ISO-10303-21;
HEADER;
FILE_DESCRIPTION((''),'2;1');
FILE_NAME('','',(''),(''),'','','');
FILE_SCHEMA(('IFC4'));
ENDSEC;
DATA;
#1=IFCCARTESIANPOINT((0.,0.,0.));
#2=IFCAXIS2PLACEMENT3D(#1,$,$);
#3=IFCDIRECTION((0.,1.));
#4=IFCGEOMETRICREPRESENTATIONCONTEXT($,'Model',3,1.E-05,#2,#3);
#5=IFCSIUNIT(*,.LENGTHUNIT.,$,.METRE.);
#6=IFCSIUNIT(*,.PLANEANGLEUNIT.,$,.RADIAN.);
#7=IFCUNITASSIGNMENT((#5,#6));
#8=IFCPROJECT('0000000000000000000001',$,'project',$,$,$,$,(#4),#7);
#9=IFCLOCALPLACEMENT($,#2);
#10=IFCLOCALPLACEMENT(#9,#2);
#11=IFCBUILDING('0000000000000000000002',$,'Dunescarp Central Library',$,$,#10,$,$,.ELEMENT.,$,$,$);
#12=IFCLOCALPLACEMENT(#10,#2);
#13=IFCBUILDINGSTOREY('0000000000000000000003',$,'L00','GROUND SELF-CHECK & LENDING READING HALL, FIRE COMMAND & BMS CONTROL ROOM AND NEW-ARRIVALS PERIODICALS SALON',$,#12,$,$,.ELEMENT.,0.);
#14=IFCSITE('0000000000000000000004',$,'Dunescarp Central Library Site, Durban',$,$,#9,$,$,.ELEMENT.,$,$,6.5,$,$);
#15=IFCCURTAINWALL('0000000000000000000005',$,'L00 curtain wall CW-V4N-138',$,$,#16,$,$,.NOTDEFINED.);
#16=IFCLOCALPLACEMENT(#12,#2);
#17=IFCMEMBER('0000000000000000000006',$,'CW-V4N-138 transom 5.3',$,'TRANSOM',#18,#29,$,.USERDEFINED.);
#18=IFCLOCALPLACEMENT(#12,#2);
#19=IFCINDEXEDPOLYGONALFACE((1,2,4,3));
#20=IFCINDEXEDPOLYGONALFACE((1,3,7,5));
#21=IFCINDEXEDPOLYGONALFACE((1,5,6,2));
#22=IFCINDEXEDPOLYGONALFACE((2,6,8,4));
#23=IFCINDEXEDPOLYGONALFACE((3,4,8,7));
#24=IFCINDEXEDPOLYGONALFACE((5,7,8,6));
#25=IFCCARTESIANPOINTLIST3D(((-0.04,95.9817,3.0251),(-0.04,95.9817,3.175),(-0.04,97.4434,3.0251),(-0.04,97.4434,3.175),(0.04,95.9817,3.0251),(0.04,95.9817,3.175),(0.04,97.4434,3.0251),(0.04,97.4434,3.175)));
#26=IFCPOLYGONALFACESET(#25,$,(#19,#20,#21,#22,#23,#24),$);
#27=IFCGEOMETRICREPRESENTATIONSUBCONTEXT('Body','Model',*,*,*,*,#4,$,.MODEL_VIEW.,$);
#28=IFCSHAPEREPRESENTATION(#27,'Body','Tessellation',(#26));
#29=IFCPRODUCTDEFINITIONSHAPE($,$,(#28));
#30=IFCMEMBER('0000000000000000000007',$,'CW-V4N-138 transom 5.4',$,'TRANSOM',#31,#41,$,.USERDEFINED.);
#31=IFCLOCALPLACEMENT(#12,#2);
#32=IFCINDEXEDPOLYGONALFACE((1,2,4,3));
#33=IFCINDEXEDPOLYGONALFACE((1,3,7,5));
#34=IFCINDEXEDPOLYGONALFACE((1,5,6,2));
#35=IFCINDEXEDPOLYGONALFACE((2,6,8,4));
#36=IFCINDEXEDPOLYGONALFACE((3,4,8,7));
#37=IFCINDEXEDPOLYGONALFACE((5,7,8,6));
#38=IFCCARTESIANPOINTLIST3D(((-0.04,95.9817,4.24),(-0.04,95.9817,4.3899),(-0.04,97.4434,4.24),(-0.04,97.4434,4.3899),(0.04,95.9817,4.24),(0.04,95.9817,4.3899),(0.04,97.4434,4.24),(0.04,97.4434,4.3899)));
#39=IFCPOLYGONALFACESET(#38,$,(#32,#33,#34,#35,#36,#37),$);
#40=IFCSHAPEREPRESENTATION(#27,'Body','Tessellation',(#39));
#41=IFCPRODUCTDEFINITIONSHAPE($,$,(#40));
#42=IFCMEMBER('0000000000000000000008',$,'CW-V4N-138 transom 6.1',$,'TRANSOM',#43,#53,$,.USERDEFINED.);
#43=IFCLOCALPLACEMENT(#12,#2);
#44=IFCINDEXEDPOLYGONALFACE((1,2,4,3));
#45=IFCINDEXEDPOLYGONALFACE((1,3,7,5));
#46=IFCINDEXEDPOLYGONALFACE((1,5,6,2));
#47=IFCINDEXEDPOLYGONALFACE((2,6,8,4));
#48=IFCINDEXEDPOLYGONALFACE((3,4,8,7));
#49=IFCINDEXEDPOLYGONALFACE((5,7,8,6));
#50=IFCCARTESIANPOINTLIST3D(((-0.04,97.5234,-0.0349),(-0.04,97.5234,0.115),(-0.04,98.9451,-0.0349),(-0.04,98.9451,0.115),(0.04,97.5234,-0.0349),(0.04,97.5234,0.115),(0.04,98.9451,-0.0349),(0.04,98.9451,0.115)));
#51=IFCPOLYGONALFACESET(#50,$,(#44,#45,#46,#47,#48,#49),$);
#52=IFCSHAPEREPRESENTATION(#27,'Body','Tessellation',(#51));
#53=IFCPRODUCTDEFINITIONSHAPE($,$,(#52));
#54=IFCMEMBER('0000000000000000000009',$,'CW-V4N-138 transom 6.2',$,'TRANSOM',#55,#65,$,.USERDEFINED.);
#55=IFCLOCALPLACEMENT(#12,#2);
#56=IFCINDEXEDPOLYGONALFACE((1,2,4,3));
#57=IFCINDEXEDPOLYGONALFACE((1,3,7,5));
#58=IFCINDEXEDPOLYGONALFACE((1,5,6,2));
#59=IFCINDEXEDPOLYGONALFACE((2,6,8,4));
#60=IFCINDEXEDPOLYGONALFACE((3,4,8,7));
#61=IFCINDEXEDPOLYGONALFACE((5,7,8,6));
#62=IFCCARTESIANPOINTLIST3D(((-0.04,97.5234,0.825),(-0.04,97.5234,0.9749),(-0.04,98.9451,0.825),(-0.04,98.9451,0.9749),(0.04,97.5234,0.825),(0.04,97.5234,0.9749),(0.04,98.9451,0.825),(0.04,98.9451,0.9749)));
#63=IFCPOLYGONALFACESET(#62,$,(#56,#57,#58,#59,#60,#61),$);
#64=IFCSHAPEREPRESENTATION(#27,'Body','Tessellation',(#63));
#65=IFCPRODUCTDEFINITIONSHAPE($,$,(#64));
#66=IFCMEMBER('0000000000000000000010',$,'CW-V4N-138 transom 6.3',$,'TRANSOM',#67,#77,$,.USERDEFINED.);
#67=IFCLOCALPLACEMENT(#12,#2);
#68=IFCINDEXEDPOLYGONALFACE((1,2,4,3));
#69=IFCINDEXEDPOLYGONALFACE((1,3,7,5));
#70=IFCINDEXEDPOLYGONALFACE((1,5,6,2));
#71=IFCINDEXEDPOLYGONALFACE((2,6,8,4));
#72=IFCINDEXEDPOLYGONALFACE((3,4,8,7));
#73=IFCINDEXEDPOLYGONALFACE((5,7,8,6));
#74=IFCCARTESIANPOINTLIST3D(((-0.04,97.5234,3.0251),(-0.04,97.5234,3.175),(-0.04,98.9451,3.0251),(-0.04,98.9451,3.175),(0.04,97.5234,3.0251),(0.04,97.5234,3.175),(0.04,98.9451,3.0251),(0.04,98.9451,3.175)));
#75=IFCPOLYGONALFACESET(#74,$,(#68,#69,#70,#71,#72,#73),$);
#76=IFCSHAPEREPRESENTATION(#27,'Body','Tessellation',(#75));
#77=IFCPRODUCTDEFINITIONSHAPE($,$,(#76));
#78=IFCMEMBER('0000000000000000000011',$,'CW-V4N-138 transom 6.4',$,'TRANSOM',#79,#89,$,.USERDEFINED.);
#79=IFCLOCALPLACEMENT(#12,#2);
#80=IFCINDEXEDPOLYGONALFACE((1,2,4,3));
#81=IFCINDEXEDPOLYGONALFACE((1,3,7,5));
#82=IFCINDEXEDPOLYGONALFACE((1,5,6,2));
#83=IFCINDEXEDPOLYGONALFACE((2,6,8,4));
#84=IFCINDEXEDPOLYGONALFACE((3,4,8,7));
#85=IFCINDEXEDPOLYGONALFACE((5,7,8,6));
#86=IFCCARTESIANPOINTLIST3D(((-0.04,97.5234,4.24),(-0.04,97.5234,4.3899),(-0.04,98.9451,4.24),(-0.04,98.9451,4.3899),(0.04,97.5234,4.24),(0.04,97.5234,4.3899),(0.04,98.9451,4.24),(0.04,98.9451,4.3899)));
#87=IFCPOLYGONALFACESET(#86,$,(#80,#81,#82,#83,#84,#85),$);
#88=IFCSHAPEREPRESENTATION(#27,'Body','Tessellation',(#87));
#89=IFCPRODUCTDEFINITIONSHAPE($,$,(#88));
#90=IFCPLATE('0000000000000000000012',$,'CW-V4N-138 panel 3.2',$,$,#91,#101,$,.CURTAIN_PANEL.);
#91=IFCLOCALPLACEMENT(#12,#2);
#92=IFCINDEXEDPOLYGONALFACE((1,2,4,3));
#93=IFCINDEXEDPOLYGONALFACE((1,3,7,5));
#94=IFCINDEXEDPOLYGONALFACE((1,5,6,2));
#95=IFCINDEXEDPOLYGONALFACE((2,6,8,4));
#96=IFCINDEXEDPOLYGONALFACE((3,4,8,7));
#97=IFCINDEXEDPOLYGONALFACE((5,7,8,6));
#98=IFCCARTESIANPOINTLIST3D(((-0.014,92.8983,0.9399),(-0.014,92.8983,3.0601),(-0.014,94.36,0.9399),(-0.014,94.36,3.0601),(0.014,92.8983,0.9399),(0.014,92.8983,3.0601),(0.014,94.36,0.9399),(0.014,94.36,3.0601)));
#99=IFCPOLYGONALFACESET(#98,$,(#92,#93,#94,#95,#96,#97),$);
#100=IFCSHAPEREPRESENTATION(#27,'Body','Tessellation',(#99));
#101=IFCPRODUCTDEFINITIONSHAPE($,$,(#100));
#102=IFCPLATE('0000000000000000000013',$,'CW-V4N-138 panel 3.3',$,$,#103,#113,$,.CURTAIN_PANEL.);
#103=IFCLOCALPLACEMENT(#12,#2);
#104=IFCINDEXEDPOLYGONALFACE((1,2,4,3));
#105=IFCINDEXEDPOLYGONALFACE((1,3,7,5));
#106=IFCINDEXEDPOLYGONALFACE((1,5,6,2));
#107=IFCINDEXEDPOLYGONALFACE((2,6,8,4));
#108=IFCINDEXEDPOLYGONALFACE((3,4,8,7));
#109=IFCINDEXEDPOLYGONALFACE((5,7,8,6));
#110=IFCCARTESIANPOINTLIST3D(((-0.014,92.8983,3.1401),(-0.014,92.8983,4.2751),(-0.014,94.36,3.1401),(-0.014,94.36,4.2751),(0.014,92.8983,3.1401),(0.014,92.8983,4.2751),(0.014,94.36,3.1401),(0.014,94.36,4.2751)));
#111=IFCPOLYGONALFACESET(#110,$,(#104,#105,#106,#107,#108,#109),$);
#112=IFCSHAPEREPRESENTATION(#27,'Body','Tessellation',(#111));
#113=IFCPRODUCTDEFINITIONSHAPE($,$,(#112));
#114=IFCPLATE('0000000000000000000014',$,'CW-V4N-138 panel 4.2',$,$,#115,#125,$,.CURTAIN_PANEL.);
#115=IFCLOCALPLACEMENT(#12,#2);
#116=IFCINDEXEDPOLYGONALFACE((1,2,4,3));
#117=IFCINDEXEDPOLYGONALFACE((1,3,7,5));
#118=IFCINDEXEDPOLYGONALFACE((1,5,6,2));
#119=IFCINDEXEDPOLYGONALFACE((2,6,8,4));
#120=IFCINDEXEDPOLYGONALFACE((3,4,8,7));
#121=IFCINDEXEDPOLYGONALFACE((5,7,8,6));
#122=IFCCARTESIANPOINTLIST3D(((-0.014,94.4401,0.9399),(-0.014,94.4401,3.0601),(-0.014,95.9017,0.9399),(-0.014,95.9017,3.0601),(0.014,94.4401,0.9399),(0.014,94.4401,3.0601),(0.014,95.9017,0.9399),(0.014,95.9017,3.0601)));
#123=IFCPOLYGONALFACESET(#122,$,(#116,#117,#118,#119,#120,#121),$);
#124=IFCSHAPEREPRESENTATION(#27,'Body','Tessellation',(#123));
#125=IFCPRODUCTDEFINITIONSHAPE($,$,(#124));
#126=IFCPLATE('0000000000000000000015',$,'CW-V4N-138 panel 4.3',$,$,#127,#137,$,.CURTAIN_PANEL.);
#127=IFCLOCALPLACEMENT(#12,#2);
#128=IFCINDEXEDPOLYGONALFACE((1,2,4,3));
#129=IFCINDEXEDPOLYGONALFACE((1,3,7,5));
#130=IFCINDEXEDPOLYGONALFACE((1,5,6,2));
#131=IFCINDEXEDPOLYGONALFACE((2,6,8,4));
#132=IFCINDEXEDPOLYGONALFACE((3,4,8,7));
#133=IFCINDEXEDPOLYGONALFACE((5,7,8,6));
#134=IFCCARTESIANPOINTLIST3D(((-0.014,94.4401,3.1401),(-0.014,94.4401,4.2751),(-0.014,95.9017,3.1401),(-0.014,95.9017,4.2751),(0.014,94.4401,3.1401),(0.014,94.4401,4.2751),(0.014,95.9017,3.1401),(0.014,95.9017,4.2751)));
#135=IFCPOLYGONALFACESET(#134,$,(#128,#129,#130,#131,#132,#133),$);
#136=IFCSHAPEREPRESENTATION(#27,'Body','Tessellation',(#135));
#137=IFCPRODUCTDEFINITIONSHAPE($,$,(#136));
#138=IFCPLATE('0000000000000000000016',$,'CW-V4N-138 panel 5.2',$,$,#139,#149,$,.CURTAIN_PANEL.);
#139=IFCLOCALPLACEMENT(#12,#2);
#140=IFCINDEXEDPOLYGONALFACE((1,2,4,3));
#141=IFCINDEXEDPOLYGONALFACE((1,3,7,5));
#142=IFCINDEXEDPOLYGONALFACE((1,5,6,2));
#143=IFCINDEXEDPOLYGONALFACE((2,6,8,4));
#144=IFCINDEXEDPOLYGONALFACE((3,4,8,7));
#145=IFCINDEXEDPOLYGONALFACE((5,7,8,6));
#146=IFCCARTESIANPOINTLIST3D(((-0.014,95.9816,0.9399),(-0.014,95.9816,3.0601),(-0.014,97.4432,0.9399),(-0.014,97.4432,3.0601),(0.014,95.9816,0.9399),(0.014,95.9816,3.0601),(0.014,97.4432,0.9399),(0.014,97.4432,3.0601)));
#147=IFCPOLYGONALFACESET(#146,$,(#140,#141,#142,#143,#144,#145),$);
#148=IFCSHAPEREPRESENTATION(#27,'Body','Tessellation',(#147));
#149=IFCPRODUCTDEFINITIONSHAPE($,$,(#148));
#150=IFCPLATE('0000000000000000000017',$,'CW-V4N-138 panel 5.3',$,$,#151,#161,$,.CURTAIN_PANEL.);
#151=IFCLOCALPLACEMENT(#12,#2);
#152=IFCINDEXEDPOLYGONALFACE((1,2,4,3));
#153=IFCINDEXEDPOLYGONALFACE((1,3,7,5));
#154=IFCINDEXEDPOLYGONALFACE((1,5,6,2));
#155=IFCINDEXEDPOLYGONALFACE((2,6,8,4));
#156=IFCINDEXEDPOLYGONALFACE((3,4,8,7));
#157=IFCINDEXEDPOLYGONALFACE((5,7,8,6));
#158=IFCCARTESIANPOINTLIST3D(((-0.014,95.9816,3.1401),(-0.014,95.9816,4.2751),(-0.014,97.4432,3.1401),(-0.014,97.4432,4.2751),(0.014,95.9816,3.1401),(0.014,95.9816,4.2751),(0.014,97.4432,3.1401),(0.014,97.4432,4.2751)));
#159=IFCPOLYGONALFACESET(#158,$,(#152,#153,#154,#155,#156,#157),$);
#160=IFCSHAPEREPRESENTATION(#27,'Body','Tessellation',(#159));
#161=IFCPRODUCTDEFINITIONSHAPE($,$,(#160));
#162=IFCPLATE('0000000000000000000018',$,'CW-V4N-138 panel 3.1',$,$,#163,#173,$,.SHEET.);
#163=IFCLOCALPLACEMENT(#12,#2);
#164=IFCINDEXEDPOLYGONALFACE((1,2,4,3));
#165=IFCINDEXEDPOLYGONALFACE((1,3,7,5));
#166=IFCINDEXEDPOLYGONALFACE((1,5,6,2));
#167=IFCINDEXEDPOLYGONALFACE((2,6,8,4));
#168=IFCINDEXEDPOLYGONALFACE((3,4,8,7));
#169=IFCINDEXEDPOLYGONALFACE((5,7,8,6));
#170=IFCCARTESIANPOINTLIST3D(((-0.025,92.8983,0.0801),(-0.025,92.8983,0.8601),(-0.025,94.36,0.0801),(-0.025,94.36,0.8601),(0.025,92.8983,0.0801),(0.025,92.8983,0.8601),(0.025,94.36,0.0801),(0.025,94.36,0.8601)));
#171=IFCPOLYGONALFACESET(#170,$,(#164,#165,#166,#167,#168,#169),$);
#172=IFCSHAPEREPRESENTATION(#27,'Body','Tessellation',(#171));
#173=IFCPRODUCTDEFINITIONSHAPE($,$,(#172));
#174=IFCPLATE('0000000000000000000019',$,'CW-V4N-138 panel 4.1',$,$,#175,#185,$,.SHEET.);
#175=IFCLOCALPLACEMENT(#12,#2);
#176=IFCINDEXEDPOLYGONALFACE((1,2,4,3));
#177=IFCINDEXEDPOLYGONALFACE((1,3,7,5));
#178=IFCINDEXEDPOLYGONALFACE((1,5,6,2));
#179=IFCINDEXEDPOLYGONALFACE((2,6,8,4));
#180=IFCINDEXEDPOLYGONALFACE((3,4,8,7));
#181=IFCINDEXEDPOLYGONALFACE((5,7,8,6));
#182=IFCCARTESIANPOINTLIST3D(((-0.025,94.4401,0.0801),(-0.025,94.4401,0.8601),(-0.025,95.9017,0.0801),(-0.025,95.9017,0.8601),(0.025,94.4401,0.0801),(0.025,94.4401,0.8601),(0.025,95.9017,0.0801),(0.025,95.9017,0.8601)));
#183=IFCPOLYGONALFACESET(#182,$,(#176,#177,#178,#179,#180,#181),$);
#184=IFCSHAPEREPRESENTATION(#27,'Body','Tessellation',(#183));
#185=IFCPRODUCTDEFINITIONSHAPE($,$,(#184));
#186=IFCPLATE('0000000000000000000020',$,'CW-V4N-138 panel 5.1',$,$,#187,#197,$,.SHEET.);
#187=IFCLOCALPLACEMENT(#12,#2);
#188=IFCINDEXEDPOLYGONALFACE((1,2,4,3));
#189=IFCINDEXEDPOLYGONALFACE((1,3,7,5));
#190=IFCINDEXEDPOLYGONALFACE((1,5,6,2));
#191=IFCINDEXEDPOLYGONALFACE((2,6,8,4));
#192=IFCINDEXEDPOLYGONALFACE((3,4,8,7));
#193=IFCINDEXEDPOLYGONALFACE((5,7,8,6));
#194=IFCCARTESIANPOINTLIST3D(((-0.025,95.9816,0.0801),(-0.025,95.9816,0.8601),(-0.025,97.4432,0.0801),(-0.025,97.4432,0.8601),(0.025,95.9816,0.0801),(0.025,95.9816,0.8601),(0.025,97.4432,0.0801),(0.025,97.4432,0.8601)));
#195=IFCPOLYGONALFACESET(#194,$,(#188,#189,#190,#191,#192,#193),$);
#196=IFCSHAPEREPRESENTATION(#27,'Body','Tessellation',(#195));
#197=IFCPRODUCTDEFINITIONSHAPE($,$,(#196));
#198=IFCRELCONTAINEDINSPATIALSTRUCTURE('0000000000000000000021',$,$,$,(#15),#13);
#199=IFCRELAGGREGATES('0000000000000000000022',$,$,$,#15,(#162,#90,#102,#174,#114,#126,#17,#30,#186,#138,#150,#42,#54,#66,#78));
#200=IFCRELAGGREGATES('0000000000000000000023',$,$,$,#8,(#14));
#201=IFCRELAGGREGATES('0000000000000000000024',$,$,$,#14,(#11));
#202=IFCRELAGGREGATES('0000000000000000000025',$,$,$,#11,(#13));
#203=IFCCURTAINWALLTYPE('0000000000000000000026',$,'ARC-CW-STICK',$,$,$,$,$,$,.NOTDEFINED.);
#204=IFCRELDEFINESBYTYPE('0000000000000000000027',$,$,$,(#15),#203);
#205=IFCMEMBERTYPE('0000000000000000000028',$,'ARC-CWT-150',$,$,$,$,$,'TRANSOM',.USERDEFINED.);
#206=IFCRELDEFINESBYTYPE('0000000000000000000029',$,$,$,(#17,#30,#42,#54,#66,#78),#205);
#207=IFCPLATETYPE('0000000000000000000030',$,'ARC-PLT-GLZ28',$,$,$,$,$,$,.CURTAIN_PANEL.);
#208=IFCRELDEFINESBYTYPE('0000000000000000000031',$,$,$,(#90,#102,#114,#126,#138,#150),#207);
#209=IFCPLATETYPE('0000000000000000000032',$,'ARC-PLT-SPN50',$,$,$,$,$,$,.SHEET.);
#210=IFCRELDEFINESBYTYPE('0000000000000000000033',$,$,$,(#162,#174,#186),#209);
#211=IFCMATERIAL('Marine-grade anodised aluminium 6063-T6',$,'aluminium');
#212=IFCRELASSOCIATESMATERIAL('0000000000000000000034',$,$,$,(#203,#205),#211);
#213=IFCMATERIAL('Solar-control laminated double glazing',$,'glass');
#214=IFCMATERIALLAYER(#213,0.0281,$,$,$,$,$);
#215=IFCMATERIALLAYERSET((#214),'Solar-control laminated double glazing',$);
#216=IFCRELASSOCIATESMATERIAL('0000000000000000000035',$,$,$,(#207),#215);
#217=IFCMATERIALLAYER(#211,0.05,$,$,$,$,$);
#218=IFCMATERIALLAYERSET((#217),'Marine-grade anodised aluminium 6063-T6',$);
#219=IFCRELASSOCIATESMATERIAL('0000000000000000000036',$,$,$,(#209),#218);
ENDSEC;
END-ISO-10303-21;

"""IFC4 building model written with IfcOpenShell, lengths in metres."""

from ifc_helpers import new_model, si_unit, direction, frame, origin, origin_2d, place, context, subcontext, project, spatial, rectangle, extrude, material, layer, layer_set, material_profile, profile_set, type_object, element, aggregate, save


model = new_model("IFC4")

# Units and contexts
model_context = context("Model", 3, precision=1e-05, world=origin(), true_north=direction((0.0, 1.0)))
body_context = subcontext(model_context, "Body", "Model", "MODEL_VIEW")
ifc_project = project(units=[si_unit("LENGTHUNIT", "METRE"), si_unit("PLANEANGLEUNIT", "RADIAN")], contexts=[model_context])

# Site, building, storey
site_placement = place(None, origin())
site = spatial("IfcSite", under=ifc_project, at=site_placement, Name="Dunescarp Central Library Site, Durban", CompositionType="ELEMENT", RefElevation=6.5)
building_placement = place(site_placement, origin())
building = spatial("IfcBuilding", under=site, at=building_placement, Name="Dunescarp Central Library", CompositionType="ELEMENT")
storey_placement = place(building_placement, origin())
storey = spatial("IfcBuildingStorey", under=building, at=storey_placement, Name="L00", Description="GROUND SELF-CHECK & LENDING READING HALL, FIRE COMMAND & BMS CONTROL ROOM AND NEW-ARRIVALS PERIODICALS SALON", CompositionType="ELEMENT", Elevation=0.0)

# Curtain wall, members, plates
ifc_material_1 = material(Name="Marine-grade anodised aluminium 6063-T6", Category="aluminium")
curtain_wall_type = type_object("IfcCurtainWallType", Name="ARC-CW-STICK", PredefinedType="NOTDEFINED", material=ifc_material_1)
curtain_wall_placement = place(storey_placement, origin())
curtain_wall = element("IfcCurtainWall", 1, at=curtain_wall_placement, inside=storey, type_object=curtain_wall_type, Name="L00 curtain wall CW-V4N-138", PredefinedType="NOTDEFINED")
ifc_material_profile_1 = material_profile(ifc_material_1, rectangle(XDim=0.0801, YDim=0.1499, at=origin_2d()), Name="AL 80x150")
ifc_profile_set_1 = profile_set([ifc_material_profile_1], Name="Marine-grade anodised aluminium 6063-T6")
member_type_1 = type_object("IfcMemberType", Name="ARC-CWT-150", ElementType="TRANSOM", PredefinedType="USERDEFINED", material=ifc_profile_set_1)
member_1_placement = place(storey_placement, frame((0.0, 95.9817, 3.1001), z_axis=(0.0, 1.0, 0.0), x_axis=(-1.0, 0.0, 0.0)))
member_1 = element("IfcMember", 2, at=member_1_placement, type_object=member_type_1, Name="CW-V4N-138 transom 5.3", ObjectType="TRANSOM", PredefinedType="USERDEFINED", context=body_context, shape_type="SweptSolid", body=[
    extrude(rectangle(XDim=0.0801, YDim=0.1499, at=origin_2d()), origin(), (0.0, 0.0, 1.0), 1.4617),
])
member_2_placement = place(storey_placement, frame((0.0, 95.9817, 4.3149), z_axis=(0.0, 1.0, 0.0), x_axis=(-1.0, 0.0, 0.0)))
member_2 = element("IfcMember", 3, at=member_2_placement, type_object=member_type_1, Name="CW-V4N-138 transom 5.4", ObjectType="TRANSOM", PredefinedType="USERDEFINED", context=body_context, shape_type="SweptSolid", body=[
    extrude(rectangle(XDim=0.0801, YDim=0.1499, at=origin_2d()), origin(), (0.0, 0.0, 1.0), 1.4617),
])
member_3_placement = place(storey_placement, frame((0.0, 97.5234, 0.04), z_axis=(0.0, 1.0, 0.0), x_axis=(-1.0, 0.0, 0.0)))
member_3 = element("IfcMember", 4, at=member_3_placement, type_object=member_type_1, Name="CW-V4N-138 transom 6.1", ObjectType="TRANSOM", PredefinedType="USERDEFINED", context=body_context, shape_type="SweptSolid", body=[
    extrude(rectangle(XDim=0.0801, YDim=0.1499, at=origin_2d()), origin(), (0.0, 0.0, 1.0), 1.4216),
])
member_4_placement = place(storey_placement, frame((0.0, 97.5234, 0.8999), z_axis=(0.0, 1.0, 0.0), x_axis=(-1.0, 0.0, 0.0)))
member_4 = element("IfcMember", 5, at=member_4_placement, type_object=member_type_1, Name="CW-V4N-138 transom 6.2", ObjectType="TRANSOM", PredefinedType="USERDEFINED", context=body_context, shape_type="SweptSolid", body=[
    extrude(rectangle(XDim=0.0801, YDim=0.1499, at=origin_2d()), origin(), (0.0, 0.0, 1.0), 1.4216),
])
member_5_placement = place(storey_placement, frame((0.0, 97.5234, 3.1001), z_axis=(0.0, 1.0, 0.0), x_axis=(-1.0, 0.0, 0.0)))
member_5 = element("IfcMember", 6, at=member_5_placement, type_object=member_type_1, Name="CW-V4N-138 transom 6.3", ObjectType="TRANSOM", PredefinedType="USERDEFINED", context=body_context, shape_type="SweptSolid", body=[
    extrude(rectangle(XDim=0.0801, YDim=0.1499, at=origin_2d()), origin(), (0.0, 0.0, 1.0), 1.4216),
])
member_6_placement = place(storey_placement, frame((0.0, 97.5234, 4.3149), z_axis=(0.0, 1.0, 0.0), x_axis=(-1.0, 0.0, 0.0)))
member_6 = element("IfcMember", 7, at=member_6_placement, type_object=member_type_1, Name="CW-V4N-138 transom 6.4", ObjectType="TRANSOM", PredefinedType="USERDEFINED", context=body_context, shape_type="SweptSolid", body=[
    extrude(rectangle(XDim=0.0801, YDim=0.1499, at=origin_2d()), origin(), (0.0, 0.0, 1.0), 1.4216),
])
ifc_material_2 = material(Name="Solar-control laminated double glazing", Category="glass")
ifc_layer_1 = layer(ifc_material_2, 0.0281)
ifc_layer_set_1 = layer_set([ifc_layer_1], Name="Solar-control laminated double glazing")
plate_type_1 = type_object("IfcPlateType", Name="ARC-PLT-GLZ28", PredefinedType="CURTAIN_PANEL", material=ifc_layer_set_1)
plate_1_placement = place(storey_placement, frame((0.0, 93.6292, 0.9399), z_axis=(0.0, 0.0, 1.0), x_axis=(0.0, 1.0, 0.0)))
plate_1 = element("IfcPlate", 8, at=plate_1_placement, type_object=plate_type_1, Name="CW-V4N-138 panel 3.2", PredefinedType="CURTAIN_PANEL", context=body_context, shape_type="SweptSolid", body=[
    extrude(rectangle(XDim=1.4617, YDim=0.0281, at=origin_2d()), origin(), (0.0, 0.0, 1.0), 2.1201),
])
plate_2_placement = place(storey_placement, frame((0.0, 93.6292, 3.1401), z_axis=(0.0, 0.0, 1.0), x_axis=(0.0, 1.0, 0.0)))
plate_2 = element("IfcPlate", 9, at=plate_2_placement, type_object=plate_type_1, Name="CW-V4N-138 panel 3.3", PredefinedType="CURTAIN_PANEL", context=body_context, shape_type="SweptSolid", body=[
    extrude(rectangle(XDim=1.4617, YDim=0.0281, at=origin_2d()), origin(), (0.0, 0.0, 1.0), 1.135),
])
plate_3_placement = place(storey_placement, frame((0.0, 95.1709, 0.9399), z_axis=(0.0, 0.0, 1.0), x_axis=(0.0, 1.0, 0.0)))
plate_3 = element("IfcPlate", 10, at=plate_3_placement, type_object=plate_type_1, Name="CW-V4N-138 panel 4.2", PredefinedType="CURTAIN_PANEL", context=body_context, shape_type="SweptSolid", body=[
    extrude(rectangle(XDim=1.4617, YDim=0.0281, at=origin_2d()), origin(), (0.0, 0.0, 1.0), 2.1201),
])
plate_4_placement = place(storey_placement, frame((0.0, 95.1709, 3.1401), z_axis=(0.0, 0.0, 1.0), x_axis=(0.0, 1.0, 0.0)))
plate_4 = element("IfcPlate", 11, at=plate_4_placement, type_object=plate_type_1, Name="CW-V4N-138 panel 4.3", PredefinedType="CURTAIN_PANEL", context=body_context, shape_type="SweptSolid", body=[
    extrude(rectangle(XDim=1.4617, YDim=0.0281, at=origin_2d()), origin(), (0.0, 0.0, 1.0), 1.135),
])
plate_5_placement = place(storey_placement, frame((0.0, 96.7124, 0.9399), z_axis=(0.0, 0.0, 1.0), x_axis=(0.0, 1.0, 0.0)))
plate_5 = element("IfcPlate", 12, at=plate_5_placement, type_object=plate_type_1, Name="CW-V4N-138 panel 5.2", PredefinedType="CURTAIN_PANEL", context=body_context, shape_type="SweptSolid", body=[
    extrude(rectangle(XDim=1.4617, YDim=0.0281, at=origin_2d()), origin(), (0.0, 0.0, 1.0), 2.1201),
])
plate_6_placement = place(storey_placement, frame((0.0, 96.7124, 3.1401), z_axis=(0.0, 0.0, 1.0), x_axis=(0.0, 1.0, 0.0)))
plate_6 = element("IfcPlate", 13, at=plate_6_placement, type_object=plate_type_1, Name="CW-V4N-138 panel 5.3", PredefinedType="CURTAIN_PANEL", context=body_context, shape_type="SweptSolid", body=[
    extrude(rectangle(XDim=1.4617, YDim=0.0281, at=origin_2d()), origin(), (0.0, 0.0, 1.0), 1.135),
])
ifc_layer_2 = layer(ifc_material_1, 0.05)
ifc_layer_set_2 = layer_set([ifc_layer_2], Name="Marine-grade anodised aluminium 6063-T6")
plate_type_2 = type_object("IfcPlateType", Name="ARC-PLT-SPN50", PredefinedType="SHEET", material=ifc_layer_set_2)
plate_7_placement = place(storey_placement, frame((0.0, 93.6292, 0.0801), z_axis=(0.0, 0.0, 1.0), x_axis=(0.0, 1.0, 0.0)))
plate_7 = element("IfcPlate", 14, at=plate_7_placement, type_object=plate_type_2, Name="CW-V4N-138 panel 3.1", PredefinedType="SHEET", context=body_context, shape_type="SweptSolid", body=[
    extrude(rectangle(XDim=1.4617, YDim=0.05, at=origin_2d()), origin(), (0.0, 0.0, 1.0), 0.78),
])
plate_8_placement = place(storey_placement, frame((0.0, 95.1709, 0.0801), z_axis=(0.0, 0.0, 1.0), x_axis=(0.0, 1.0, 0.0)))
plate_8 = element("IfcPlate", 15, at=plate_8_placement, type_object=plate_type_2, Name="CW-V4N-138 panel 4.1", PredefinedType="SHEET", context=body_context, shape_type="SweptSolid", body=[
    extrude(rectangle(XDim=1.4617, YDim=0.05, at=origin_2d()), origin(), (0.0, 0.0, 1.0), 0.78),
])
plate_9_placement = place(storey_placement, frame((0.0, 96.7124, 0.0801), z_axis=(0.0, 0.0, 1.0), x_axis=(0.0, 1.0, 0.0)))
plate_9 = element("IfcPlate", 16, at=plate_9_placement, type_object=plate_type_2, Name="CW-V4N-138 panel 5.1", PredefinedType="SHEET", context=body_context, shape_type="SweptSolid", body=[
    extrude(rectangle(XDim=1.4617, YDim=0.05, at=origin_2d()), origin(), (0.0, 0.0, 1.0), 0.78),
])
aggregate(curtain_wall, [plate_7, plate_1, plate_2, plate_8, plate_3, plate_4, member_1, member_2, plate_9, plate_5, plate_6, member_3, member_4, member_5, member_6])

save(model, "model.ifc")
